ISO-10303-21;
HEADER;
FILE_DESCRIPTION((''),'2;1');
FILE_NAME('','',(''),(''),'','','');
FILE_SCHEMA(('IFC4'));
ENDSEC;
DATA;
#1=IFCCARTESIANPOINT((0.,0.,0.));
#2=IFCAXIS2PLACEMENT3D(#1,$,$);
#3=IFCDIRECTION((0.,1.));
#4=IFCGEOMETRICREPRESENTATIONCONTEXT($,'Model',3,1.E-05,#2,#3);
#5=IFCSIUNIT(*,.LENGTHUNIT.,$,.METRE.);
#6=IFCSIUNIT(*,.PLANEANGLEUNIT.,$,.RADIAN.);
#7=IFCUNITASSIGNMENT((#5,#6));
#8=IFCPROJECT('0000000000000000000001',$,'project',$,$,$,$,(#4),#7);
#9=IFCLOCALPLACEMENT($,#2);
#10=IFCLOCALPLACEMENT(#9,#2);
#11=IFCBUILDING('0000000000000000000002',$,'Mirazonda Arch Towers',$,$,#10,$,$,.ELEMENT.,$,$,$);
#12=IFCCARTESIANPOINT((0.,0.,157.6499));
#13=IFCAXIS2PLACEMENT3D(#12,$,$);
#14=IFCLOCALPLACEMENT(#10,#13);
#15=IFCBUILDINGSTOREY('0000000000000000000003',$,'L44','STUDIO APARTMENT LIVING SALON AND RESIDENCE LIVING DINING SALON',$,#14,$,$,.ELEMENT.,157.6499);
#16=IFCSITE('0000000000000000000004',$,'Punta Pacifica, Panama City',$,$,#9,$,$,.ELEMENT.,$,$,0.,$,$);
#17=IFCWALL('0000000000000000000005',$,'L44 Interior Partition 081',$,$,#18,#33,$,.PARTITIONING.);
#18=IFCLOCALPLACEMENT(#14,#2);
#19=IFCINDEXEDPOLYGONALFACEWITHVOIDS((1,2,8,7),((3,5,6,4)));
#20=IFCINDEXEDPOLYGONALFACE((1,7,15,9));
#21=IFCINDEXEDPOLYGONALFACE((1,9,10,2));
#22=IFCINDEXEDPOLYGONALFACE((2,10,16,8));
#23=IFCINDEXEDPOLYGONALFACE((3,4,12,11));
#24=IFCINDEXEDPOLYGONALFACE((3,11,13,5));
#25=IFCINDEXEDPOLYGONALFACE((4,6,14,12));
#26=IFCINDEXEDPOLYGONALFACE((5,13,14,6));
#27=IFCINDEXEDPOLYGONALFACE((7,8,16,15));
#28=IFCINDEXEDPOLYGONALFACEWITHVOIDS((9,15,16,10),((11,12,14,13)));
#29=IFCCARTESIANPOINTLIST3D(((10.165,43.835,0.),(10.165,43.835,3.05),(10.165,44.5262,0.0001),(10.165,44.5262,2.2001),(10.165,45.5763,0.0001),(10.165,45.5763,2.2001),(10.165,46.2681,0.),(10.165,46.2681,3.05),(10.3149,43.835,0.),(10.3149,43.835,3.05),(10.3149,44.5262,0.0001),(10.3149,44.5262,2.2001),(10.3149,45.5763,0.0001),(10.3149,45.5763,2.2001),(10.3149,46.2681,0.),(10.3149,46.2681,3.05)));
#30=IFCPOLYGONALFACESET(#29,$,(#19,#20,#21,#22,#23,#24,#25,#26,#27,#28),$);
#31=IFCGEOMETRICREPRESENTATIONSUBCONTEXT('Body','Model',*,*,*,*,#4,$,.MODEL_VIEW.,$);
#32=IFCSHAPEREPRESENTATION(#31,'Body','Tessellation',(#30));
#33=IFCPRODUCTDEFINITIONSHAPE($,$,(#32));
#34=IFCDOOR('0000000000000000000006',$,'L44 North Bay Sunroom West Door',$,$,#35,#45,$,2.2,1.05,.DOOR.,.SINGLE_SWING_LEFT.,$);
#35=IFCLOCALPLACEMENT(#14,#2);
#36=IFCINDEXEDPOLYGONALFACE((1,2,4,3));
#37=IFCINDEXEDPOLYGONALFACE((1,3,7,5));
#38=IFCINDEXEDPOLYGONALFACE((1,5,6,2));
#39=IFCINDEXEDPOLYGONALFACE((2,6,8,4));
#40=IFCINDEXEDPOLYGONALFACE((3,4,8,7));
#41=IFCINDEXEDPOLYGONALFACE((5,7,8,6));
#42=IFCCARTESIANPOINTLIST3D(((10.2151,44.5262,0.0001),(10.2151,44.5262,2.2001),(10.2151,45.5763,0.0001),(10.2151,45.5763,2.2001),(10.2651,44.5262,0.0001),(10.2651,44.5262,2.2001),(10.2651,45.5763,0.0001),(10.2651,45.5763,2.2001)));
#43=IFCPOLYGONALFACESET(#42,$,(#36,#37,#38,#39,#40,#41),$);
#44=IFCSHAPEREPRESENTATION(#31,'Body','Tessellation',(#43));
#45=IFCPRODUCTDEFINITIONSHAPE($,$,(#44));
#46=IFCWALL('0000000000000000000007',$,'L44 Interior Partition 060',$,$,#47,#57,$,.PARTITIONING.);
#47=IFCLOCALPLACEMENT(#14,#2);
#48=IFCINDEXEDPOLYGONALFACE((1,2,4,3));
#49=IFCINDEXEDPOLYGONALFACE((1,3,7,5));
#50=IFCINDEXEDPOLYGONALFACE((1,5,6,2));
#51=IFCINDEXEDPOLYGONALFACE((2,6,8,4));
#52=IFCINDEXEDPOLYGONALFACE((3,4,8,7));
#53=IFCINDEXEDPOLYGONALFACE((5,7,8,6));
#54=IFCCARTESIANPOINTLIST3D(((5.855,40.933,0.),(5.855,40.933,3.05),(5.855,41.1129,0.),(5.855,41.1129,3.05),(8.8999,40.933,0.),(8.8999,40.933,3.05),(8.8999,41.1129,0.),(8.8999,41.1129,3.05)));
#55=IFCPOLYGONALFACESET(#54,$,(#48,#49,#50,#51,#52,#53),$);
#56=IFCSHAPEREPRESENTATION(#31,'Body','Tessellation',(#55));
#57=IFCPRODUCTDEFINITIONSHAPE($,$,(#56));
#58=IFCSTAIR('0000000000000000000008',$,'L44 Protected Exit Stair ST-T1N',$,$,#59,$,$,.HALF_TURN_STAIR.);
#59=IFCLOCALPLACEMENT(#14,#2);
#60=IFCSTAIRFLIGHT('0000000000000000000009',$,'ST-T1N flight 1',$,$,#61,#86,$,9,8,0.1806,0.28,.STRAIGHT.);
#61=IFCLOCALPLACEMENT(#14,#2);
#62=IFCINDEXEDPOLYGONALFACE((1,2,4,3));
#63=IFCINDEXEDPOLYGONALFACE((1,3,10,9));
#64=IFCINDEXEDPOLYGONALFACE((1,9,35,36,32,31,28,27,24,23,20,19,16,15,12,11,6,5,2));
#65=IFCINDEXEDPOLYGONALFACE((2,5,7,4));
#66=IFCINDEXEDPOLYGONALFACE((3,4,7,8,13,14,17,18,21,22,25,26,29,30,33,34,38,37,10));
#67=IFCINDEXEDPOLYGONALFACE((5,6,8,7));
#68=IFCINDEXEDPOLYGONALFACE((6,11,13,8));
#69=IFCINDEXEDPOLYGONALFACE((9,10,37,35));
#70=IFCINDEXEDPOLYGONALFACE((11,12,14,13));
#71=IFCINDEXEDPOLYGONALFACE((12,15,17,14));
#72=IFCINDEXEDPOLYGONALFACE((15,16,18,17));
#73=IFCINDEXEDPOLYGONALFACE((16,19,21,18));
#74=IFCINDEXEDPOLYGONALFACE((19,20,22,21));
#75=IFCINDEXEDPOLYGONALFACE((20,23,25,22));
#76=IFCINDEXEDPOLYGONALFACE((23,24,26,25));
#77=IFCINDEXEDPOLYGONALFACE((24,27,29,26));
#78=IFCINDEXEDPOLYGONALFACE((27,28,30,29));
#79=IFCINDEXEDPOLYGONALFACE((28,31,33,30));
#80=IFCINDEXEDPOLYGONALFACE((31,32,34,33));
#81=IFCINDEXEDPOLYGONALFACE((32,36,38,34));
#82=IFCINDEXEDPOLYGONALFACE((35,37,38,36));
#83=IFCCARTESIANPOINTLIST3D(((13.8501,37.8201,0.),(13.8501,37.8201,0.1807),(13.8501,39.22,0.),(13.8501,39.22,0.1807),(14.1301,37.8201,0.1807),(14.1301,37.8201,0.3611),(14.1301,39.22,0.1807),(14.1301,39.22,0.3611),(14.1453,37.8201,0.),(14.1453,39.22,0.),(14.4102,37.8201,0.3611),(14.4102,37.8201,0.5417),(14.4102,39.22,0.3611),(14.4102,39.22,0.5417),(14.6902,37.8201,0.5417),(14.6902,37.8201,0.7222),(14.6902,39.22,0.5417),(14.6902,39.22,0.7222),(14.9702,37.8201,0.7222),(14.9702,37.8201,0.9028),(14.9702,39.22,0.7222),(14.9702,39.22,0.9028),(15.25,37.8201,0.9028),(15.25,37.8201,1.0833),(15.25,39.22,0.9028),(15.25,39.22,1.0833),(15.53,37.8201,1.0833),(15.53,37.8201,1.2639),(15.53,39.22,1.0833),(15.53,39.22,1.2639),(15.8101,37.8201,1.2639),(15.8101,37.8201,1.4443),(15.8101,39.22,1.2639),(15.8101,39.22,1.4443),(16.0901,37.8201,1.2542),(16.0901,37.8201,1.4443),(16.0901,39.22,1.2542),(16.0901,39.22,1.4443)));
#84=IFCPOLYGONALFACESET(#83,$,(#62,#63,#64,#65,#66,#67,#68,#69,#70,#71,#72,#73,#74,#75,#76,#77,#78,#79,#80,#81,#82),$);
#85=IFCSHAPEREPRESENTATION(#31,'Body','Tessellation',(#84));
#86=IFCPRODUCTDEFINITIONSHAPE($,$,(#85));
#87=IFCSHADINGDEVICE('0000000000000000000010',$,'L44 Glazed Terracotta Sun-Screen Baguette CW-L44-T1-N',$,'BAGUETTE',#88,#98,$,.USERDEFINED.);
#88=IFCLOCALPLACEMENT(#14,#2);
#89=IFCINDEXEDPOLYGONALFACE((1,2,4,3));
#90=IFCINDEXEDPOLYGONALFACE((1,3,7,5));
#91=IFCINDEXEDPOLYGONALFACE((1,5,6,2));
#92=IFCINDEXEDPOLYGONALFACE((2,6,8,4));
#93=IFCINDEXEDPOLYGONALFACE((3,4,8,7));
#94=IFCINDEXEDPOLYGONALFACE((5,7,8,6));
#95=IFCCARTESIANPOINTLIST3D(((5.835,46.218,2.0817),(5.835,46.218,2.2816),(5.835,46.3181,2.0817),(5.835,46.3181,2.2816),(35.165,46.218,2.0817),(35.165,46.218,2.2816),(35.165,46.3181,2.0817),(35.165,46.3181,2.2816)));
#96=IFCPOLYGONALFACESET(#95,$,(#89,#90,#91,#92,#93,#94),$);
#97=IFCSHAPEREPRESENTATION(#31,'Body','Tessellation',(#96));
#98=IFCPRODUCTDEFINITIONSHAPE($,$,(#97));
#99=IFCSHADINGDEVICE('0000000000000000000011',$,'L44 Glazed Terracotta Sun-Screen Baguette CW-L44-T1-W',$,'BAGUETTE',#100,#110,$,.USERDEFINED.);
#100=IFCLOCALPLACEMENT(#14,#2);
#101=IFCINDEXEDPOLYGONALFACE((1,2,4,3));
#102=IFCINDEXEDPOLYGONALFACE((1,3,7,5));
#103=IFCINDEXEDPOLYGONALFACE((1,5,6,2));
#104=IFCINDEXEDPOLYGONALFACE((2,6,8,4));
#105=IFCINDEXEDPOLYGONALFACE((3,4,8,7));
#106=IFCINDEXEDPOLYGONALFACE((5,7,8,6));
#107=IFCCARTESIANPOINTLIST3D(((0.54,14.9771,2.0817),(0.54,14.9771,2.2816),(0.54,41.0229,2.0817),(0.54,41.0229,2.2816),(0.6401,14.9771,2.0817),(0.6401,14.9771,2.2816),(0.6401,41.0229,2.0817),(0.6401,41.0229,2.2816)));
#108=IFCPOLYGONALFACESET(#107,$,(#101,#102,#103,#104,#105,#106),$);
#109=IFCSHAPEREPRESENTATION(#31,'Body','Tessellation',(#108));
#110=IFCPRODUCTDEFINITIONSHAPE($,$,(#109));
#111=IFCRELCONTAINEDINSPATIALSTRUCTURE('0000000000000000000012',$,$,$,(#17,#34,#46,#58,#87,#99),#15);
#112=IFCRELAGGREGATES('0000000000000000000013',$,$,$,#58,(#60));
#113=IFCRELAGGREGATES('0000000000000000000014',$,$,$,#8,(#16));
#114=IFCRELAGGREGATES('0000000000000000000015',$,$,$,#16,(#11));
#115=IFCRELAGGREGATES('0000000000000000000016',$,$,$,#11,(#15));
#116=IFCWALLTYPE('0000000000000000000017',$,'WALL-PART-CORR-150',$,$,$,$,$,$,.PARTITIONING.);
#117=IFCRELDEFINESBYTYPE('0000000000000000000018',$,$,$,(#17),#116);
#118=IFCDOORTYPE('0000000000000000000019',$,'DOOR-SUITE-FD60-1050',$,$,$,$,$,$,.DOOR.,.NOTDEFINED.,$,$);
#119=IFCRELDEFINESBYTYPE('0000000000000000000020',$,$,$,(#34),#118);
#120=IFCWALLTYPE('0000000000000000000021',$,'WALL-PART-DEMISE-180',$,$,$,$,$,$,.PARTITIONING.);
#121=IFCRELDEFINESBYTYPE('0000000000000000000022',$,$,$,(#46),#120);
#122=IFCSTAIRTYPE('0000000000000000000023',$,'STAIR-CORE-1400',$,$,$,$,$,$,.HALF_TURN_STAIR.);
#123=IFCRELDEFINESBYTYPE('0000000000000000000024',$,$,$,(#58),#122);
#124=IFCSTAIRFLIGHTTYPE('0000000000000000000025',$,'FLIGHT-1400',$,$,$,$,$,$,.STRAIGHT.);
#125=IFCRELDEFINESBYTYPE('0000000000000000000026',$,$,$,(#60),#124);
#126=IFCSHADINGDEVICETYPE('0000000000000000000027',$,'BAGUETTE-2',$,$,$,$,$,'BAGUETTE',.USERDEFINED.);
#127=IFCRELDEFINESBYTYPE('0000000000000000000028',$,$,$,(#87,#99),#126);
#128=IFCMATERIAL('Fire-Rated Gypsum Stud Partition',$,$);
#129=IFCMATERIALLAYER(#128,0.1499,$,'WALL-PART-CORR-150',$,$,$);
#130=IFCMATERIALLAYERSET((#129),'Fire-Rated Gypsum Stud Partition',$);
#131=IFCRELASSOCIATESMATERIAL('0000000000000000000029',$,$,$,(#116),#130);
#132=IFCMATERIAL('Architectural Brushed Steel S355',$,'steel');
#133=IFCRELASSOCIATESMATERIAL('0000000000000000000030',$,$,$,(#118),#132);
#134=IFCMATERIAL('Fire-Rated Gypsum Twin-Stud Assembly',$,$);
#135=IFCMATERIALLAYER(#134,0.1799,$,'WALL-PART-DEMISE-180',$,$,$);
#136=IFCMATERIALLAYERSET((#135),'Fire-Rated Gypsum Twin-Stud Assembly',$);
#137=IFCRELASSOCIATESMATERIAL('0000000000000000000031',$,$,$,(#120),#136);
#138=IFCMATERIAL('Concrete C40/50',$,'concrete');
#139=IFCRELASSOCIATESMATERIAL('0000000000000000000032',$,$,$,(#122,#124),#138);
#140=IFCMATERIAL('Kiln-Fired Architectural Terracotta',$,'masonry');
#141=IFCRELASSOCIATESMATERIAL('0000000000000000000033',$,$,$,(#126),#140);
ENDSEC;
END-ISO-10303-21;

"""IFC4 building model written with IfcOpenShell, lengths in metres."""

from ifc_helpers import new_model, si_unit, direction, frame, frame_2d, origin, origin_2d, place, context, subcontext, project, spatial, polyline, rectangle, outline, extrude, material, layer, layer_set, material_profile, profile_set, type_object, element, fill, aggregate, save


model = new_model("IFC4")

# Units and contexts
model_context = context("Model", 3, precision=1e-05, world=origin(), true_north=direction((0.0, 1.0)))
body_context = subcontext(model_context, "Body", "Model", "MODEL_VIEW")
ifc_project = project(units=[si_unit("LENGTHUNIT", "METRE"), si_unit("PLANEANGLEUNIT", "RADIAN")], contexts=[model_context])

# Site, building, storey
site_placement = place(None, origin())
site = spatial("IfcSite", under=ifc_project, at=site_placement, Name="Punta Pacifica, Panama City", CompositionType="ELEMENT", RefElevation=0.0)
building_placement = place(site_placement, origin())
building = spatial("IfcBuilding", under=site, at=building_placement, Name="Mirazonda Arch Towers", CompositionType="ELEMENT")
storey_placement = place(building_placement, frame((0.0, 0.0, 157.6499)))
storey = spatial("IfcBuildingStorey", under=building, at=storey_placement, Name="L44", Description="STUDIO APARTMENT LIVING SALON AND RESIDENCE LIVING DINING SALON", CompositionType="ELEMENT", Elevation=157.6499)

# Shared definitions
ifc_material_1 = material(Name="Fire-Rated Gypsum Stud Partition")
ifc_layer_1 = layer(ifc_material_1, 0.1499, Name="WALL-PART-CORR-150")
ifc_layer_set_1 = layer_set([ifc_layer_1], Name="Fire-Rated Gypsum Stud Partition")
wall_type_1 = type_object("IfcWallType", Name="WALL-PART-CORR-150", PredefinedType="PARTITIONING", material=ifc_layer_set_1)

# Wall, opening, door
wall_1_placement = place(storey_placement, frame((10.24, 43.835, 0.0), z_axis=(0.0, 0.0, 1.0), x_axis=(0.0, 1.0, 0.0)))
wall_1 = element("IfcWall", 1, at=wall_1_placement, inside=storey, type_object=wall_type_1, Name="L44 Interior Partition 081", PredefinedType="PARTITIONING", context=body_context, shape_type="SweptSolid", body=[
    extrude(rectangle(XDim=2.4331, YDim=0.1499, at=frame_2d((1.2166, 0.0))), origin(), (0.0, 0.0, 1.0), 3.05),
])
opening_1_placement = place(wall_1_placement, frame((0.6914, 0.0, 0.0)))
opening_1 = element("IfcOpeningElement", 2, at=opening_1_placement, cuts=wall_1, PredefinedType="OPENING", context=body_context, shape_type="SweptSolid", body=[
    extrude(rectangle(XDim=1.05, YDim=2.2, at=frame_2d((0.5249, 1.1001))), frame((0.0, 0.085, 0.0), z_axis=(0.0, -1.0, 0.0), x_axis=(1.0, 0.0, 0.0)), (0.0, 0.0, 1.0), 0.1699),
])
ifc_material_2 = material(Name="Architectural Brushed Steel S355", Category="steel")
door_type_1 = type_object("IfcDoorType", Name="DOOR-SUITE-FD60-1050", OperationType="NOTDEFINED", PredefinedType="DOOR", material=ifc_material_2)
door_1_placement = place(opening_1_placement, origin())
door_1 = element("IfcDoor", 3, at=door_1_placement, inside=storey, type_object=door_type_1, Name="L44 North Bay Sunroom West Door", OperationType="SINGLE_SWING_LEFT", OverallHeight=2.2, OverallWidth=1.05, PredefinedType="DOOR", context=body_context, shape_type="SweptSolid", body=[
    extrude(rectangle(XDim=1.05, YDim=2.2, at=frame_2d((0.5249, 1.1001))), frame((0.0, 0.0249, 0.0), z_axis=(0.0, -1.0, 0.0), x_axis=(1.0, 0.0, 0.0)), (0.0, 0.0, 1.0), 0.05),
])
fill(opening_1, door_1)

# Wall
ifc_material_3 = material(Name="Fire-Rated Gypsum Twin-Stud Assembly")
ifc_layer_2 = layer(ifc_material_3, 0.1799, Name="WALL-PART-DEMISE-180")
ifc_layer_set_2 = layer_set([ifc_layer_2], Name="Fire-Rated Gypsum Twin-Stud Assembly")
wall_type_2 = type_object("IfcWallType", Name="WALL-PART-DEMISE-180", PredefinedType="PARTITIONING", material=ifc_layer_set_2)
wall_2_placement = place(storey_placement, frame((5.855, 41.0229, 0.0), z_axis=(0.0, 0.0, 1.0), x_axis=(1.0, 0.0, 0.0)))
element("IfcWall", 4, at=wall_2_placement, inside=storey, type_object=wall_type_2, Name="L44 Interior Partition 060", PredefinedType="PARTITIONING", context=body_context, shape_type="SweptSolid", body=[
    extrude(rectangle(XDim=3.0449, YDim=0.1799, at=frame_2d((1.5225, 0.0))), origin(), (0.0, 0.0, 1.0), 3.05),
])

# Stair, stair flight
ifc_material_4 = material(Name="Concrete C40/50", Category="concrete")
stair_type = type_object("IfcStairType", Name="STAIR-CORE-1400", PredefinedType="HALF_TURN_STAIR", material=ifc_material_4)
stair_placement = place(storey_placement, origin())
stair = element("IfcStair", 5, at=stair_placement, inside=storey, type_object=stair_type, Name="L44 Protected Exit Stair ST-T1N", PredefinedType="HALF_TURN_STAIR")
stair_flight_type = type_object("IfcStairFlightType", Name="FLIGHT-1400", PredefinedType="STRAIGHT", material=ifc_material_4)
stair_flight_placement = place(storey_placement, frame((13.8501, 38.52, 0.0), z_axis=(0.0, 0.0, 1.0), x_axis=(1.0, 0.0, 0.0)))
stair_flight = element("IfcStairFlight", 6, at=stair_flight_placement, type_object=stair_flight_type, Name="ST-T1N flight 1", NumberOfRisers=9, NumberOfTreads=8, PredefinedType="STRAIGHT", RiserHeight=0.1806, TreadLength=0.28, context=body_context, shape_type="SweptSolid", body=[
    extrude(outline(polyline([(0.0, 0.0), (0.0, 0.1807), (0.28, 0.1807), (0.28, 0.3611), (0.5601, 0.3611), (0.5601, 0.5417), (0.8401, 0.5417), (0.8401, 0.7222), (1.1201, 0.7222), (1.1201, 0.9028), (1.3999, 0.9028), (1.3999, 1.0833), (1.6799, 1.0833), (1.6799, 1.2639), (1.96, 1.2639), (1.96, 1.4443), (2.24, 1.4443), (2.24, 1.625), (2.24, 1.2542), (0.2952, 0.0), (0.0, 0.0)])), frame((0.0, 0.7, 0.0), z_axis=(0.0, -1.0, 0.0), x_axis=(1.0, 0.0, 0.0)), (0.0, 0.0, 1.0), 1.3999),
])
aggregate(stair, [stair_flight])

# Shading devices
ifc_material_5 = material(Name="Kiln-Fired Architectural Terracotta", Category="masonry")
ifc_material_profile_1 = material_profile(ifc_material_5, rectangle(XDim=0.1001, YDim=0.2, at=origin_2d()), Name="TERRA-BAG-100x200")
ifc_profile_set_1 = profile_set([ifc_material_profile_1], Name="Kiln-Fired Architectural Terracotta")
shading_device_type = type_object("IfcShadingDeviceType", Name="BAGUETTE-2", ElementType="BAGUETTE", PredefinedType="USERDEFINED", material=ifc_profile_set_1)
shading_device_1_placement = place(storey_placement, frame((5.835, 46.2681, 2.1816), z_axis=(1.0, 0.0, 0.0), x_axis=(0.0, 1.0, 0.0)))
element("IfcShadingDevice", 7, at=shading_device_1_placement, inside=storey, type_object=shading_device_type, Name="L44 Glazed Terracotta Sun-Screen Baguette CW-L44-T1-N", ObjectType="BAGUETTE", PredefinedType="USERDEFINED", context=body_context, shape_type="SweptSolid", body=[
    extrude(rectangle(XDim=0.1001, YDim=0.2, at=origin_2d()), origin(), (0.0, 0.0, 1.0), 29.3301),
])
shading_device_2_placement = place(storey_placement, frame((0.5901, 41.0229, 2.1816), z_axis=(0.0, -1.0, 0.0), x_axis=(1.0, 0.0, 0.0)))
element("IfcShadingDevice", 8, at=shading_device_2_placement, inside=storey, type_object=shading_device_type, Name="L44 Glazed Terracotta Sun-Screen Baguette CW-L44-T1-W", ObjectType="BAGUETTE", PredefinedType="USERDEFINED", context=body_context, shape_type="SweptSolid", body=[
    extrude(rectangle(XDim=0.1001, YDim=0.2, at=origin_2d()), origin(), (0.0, 0.0, 1.0), 26.0459),
])

save(model, "model.ifc")
